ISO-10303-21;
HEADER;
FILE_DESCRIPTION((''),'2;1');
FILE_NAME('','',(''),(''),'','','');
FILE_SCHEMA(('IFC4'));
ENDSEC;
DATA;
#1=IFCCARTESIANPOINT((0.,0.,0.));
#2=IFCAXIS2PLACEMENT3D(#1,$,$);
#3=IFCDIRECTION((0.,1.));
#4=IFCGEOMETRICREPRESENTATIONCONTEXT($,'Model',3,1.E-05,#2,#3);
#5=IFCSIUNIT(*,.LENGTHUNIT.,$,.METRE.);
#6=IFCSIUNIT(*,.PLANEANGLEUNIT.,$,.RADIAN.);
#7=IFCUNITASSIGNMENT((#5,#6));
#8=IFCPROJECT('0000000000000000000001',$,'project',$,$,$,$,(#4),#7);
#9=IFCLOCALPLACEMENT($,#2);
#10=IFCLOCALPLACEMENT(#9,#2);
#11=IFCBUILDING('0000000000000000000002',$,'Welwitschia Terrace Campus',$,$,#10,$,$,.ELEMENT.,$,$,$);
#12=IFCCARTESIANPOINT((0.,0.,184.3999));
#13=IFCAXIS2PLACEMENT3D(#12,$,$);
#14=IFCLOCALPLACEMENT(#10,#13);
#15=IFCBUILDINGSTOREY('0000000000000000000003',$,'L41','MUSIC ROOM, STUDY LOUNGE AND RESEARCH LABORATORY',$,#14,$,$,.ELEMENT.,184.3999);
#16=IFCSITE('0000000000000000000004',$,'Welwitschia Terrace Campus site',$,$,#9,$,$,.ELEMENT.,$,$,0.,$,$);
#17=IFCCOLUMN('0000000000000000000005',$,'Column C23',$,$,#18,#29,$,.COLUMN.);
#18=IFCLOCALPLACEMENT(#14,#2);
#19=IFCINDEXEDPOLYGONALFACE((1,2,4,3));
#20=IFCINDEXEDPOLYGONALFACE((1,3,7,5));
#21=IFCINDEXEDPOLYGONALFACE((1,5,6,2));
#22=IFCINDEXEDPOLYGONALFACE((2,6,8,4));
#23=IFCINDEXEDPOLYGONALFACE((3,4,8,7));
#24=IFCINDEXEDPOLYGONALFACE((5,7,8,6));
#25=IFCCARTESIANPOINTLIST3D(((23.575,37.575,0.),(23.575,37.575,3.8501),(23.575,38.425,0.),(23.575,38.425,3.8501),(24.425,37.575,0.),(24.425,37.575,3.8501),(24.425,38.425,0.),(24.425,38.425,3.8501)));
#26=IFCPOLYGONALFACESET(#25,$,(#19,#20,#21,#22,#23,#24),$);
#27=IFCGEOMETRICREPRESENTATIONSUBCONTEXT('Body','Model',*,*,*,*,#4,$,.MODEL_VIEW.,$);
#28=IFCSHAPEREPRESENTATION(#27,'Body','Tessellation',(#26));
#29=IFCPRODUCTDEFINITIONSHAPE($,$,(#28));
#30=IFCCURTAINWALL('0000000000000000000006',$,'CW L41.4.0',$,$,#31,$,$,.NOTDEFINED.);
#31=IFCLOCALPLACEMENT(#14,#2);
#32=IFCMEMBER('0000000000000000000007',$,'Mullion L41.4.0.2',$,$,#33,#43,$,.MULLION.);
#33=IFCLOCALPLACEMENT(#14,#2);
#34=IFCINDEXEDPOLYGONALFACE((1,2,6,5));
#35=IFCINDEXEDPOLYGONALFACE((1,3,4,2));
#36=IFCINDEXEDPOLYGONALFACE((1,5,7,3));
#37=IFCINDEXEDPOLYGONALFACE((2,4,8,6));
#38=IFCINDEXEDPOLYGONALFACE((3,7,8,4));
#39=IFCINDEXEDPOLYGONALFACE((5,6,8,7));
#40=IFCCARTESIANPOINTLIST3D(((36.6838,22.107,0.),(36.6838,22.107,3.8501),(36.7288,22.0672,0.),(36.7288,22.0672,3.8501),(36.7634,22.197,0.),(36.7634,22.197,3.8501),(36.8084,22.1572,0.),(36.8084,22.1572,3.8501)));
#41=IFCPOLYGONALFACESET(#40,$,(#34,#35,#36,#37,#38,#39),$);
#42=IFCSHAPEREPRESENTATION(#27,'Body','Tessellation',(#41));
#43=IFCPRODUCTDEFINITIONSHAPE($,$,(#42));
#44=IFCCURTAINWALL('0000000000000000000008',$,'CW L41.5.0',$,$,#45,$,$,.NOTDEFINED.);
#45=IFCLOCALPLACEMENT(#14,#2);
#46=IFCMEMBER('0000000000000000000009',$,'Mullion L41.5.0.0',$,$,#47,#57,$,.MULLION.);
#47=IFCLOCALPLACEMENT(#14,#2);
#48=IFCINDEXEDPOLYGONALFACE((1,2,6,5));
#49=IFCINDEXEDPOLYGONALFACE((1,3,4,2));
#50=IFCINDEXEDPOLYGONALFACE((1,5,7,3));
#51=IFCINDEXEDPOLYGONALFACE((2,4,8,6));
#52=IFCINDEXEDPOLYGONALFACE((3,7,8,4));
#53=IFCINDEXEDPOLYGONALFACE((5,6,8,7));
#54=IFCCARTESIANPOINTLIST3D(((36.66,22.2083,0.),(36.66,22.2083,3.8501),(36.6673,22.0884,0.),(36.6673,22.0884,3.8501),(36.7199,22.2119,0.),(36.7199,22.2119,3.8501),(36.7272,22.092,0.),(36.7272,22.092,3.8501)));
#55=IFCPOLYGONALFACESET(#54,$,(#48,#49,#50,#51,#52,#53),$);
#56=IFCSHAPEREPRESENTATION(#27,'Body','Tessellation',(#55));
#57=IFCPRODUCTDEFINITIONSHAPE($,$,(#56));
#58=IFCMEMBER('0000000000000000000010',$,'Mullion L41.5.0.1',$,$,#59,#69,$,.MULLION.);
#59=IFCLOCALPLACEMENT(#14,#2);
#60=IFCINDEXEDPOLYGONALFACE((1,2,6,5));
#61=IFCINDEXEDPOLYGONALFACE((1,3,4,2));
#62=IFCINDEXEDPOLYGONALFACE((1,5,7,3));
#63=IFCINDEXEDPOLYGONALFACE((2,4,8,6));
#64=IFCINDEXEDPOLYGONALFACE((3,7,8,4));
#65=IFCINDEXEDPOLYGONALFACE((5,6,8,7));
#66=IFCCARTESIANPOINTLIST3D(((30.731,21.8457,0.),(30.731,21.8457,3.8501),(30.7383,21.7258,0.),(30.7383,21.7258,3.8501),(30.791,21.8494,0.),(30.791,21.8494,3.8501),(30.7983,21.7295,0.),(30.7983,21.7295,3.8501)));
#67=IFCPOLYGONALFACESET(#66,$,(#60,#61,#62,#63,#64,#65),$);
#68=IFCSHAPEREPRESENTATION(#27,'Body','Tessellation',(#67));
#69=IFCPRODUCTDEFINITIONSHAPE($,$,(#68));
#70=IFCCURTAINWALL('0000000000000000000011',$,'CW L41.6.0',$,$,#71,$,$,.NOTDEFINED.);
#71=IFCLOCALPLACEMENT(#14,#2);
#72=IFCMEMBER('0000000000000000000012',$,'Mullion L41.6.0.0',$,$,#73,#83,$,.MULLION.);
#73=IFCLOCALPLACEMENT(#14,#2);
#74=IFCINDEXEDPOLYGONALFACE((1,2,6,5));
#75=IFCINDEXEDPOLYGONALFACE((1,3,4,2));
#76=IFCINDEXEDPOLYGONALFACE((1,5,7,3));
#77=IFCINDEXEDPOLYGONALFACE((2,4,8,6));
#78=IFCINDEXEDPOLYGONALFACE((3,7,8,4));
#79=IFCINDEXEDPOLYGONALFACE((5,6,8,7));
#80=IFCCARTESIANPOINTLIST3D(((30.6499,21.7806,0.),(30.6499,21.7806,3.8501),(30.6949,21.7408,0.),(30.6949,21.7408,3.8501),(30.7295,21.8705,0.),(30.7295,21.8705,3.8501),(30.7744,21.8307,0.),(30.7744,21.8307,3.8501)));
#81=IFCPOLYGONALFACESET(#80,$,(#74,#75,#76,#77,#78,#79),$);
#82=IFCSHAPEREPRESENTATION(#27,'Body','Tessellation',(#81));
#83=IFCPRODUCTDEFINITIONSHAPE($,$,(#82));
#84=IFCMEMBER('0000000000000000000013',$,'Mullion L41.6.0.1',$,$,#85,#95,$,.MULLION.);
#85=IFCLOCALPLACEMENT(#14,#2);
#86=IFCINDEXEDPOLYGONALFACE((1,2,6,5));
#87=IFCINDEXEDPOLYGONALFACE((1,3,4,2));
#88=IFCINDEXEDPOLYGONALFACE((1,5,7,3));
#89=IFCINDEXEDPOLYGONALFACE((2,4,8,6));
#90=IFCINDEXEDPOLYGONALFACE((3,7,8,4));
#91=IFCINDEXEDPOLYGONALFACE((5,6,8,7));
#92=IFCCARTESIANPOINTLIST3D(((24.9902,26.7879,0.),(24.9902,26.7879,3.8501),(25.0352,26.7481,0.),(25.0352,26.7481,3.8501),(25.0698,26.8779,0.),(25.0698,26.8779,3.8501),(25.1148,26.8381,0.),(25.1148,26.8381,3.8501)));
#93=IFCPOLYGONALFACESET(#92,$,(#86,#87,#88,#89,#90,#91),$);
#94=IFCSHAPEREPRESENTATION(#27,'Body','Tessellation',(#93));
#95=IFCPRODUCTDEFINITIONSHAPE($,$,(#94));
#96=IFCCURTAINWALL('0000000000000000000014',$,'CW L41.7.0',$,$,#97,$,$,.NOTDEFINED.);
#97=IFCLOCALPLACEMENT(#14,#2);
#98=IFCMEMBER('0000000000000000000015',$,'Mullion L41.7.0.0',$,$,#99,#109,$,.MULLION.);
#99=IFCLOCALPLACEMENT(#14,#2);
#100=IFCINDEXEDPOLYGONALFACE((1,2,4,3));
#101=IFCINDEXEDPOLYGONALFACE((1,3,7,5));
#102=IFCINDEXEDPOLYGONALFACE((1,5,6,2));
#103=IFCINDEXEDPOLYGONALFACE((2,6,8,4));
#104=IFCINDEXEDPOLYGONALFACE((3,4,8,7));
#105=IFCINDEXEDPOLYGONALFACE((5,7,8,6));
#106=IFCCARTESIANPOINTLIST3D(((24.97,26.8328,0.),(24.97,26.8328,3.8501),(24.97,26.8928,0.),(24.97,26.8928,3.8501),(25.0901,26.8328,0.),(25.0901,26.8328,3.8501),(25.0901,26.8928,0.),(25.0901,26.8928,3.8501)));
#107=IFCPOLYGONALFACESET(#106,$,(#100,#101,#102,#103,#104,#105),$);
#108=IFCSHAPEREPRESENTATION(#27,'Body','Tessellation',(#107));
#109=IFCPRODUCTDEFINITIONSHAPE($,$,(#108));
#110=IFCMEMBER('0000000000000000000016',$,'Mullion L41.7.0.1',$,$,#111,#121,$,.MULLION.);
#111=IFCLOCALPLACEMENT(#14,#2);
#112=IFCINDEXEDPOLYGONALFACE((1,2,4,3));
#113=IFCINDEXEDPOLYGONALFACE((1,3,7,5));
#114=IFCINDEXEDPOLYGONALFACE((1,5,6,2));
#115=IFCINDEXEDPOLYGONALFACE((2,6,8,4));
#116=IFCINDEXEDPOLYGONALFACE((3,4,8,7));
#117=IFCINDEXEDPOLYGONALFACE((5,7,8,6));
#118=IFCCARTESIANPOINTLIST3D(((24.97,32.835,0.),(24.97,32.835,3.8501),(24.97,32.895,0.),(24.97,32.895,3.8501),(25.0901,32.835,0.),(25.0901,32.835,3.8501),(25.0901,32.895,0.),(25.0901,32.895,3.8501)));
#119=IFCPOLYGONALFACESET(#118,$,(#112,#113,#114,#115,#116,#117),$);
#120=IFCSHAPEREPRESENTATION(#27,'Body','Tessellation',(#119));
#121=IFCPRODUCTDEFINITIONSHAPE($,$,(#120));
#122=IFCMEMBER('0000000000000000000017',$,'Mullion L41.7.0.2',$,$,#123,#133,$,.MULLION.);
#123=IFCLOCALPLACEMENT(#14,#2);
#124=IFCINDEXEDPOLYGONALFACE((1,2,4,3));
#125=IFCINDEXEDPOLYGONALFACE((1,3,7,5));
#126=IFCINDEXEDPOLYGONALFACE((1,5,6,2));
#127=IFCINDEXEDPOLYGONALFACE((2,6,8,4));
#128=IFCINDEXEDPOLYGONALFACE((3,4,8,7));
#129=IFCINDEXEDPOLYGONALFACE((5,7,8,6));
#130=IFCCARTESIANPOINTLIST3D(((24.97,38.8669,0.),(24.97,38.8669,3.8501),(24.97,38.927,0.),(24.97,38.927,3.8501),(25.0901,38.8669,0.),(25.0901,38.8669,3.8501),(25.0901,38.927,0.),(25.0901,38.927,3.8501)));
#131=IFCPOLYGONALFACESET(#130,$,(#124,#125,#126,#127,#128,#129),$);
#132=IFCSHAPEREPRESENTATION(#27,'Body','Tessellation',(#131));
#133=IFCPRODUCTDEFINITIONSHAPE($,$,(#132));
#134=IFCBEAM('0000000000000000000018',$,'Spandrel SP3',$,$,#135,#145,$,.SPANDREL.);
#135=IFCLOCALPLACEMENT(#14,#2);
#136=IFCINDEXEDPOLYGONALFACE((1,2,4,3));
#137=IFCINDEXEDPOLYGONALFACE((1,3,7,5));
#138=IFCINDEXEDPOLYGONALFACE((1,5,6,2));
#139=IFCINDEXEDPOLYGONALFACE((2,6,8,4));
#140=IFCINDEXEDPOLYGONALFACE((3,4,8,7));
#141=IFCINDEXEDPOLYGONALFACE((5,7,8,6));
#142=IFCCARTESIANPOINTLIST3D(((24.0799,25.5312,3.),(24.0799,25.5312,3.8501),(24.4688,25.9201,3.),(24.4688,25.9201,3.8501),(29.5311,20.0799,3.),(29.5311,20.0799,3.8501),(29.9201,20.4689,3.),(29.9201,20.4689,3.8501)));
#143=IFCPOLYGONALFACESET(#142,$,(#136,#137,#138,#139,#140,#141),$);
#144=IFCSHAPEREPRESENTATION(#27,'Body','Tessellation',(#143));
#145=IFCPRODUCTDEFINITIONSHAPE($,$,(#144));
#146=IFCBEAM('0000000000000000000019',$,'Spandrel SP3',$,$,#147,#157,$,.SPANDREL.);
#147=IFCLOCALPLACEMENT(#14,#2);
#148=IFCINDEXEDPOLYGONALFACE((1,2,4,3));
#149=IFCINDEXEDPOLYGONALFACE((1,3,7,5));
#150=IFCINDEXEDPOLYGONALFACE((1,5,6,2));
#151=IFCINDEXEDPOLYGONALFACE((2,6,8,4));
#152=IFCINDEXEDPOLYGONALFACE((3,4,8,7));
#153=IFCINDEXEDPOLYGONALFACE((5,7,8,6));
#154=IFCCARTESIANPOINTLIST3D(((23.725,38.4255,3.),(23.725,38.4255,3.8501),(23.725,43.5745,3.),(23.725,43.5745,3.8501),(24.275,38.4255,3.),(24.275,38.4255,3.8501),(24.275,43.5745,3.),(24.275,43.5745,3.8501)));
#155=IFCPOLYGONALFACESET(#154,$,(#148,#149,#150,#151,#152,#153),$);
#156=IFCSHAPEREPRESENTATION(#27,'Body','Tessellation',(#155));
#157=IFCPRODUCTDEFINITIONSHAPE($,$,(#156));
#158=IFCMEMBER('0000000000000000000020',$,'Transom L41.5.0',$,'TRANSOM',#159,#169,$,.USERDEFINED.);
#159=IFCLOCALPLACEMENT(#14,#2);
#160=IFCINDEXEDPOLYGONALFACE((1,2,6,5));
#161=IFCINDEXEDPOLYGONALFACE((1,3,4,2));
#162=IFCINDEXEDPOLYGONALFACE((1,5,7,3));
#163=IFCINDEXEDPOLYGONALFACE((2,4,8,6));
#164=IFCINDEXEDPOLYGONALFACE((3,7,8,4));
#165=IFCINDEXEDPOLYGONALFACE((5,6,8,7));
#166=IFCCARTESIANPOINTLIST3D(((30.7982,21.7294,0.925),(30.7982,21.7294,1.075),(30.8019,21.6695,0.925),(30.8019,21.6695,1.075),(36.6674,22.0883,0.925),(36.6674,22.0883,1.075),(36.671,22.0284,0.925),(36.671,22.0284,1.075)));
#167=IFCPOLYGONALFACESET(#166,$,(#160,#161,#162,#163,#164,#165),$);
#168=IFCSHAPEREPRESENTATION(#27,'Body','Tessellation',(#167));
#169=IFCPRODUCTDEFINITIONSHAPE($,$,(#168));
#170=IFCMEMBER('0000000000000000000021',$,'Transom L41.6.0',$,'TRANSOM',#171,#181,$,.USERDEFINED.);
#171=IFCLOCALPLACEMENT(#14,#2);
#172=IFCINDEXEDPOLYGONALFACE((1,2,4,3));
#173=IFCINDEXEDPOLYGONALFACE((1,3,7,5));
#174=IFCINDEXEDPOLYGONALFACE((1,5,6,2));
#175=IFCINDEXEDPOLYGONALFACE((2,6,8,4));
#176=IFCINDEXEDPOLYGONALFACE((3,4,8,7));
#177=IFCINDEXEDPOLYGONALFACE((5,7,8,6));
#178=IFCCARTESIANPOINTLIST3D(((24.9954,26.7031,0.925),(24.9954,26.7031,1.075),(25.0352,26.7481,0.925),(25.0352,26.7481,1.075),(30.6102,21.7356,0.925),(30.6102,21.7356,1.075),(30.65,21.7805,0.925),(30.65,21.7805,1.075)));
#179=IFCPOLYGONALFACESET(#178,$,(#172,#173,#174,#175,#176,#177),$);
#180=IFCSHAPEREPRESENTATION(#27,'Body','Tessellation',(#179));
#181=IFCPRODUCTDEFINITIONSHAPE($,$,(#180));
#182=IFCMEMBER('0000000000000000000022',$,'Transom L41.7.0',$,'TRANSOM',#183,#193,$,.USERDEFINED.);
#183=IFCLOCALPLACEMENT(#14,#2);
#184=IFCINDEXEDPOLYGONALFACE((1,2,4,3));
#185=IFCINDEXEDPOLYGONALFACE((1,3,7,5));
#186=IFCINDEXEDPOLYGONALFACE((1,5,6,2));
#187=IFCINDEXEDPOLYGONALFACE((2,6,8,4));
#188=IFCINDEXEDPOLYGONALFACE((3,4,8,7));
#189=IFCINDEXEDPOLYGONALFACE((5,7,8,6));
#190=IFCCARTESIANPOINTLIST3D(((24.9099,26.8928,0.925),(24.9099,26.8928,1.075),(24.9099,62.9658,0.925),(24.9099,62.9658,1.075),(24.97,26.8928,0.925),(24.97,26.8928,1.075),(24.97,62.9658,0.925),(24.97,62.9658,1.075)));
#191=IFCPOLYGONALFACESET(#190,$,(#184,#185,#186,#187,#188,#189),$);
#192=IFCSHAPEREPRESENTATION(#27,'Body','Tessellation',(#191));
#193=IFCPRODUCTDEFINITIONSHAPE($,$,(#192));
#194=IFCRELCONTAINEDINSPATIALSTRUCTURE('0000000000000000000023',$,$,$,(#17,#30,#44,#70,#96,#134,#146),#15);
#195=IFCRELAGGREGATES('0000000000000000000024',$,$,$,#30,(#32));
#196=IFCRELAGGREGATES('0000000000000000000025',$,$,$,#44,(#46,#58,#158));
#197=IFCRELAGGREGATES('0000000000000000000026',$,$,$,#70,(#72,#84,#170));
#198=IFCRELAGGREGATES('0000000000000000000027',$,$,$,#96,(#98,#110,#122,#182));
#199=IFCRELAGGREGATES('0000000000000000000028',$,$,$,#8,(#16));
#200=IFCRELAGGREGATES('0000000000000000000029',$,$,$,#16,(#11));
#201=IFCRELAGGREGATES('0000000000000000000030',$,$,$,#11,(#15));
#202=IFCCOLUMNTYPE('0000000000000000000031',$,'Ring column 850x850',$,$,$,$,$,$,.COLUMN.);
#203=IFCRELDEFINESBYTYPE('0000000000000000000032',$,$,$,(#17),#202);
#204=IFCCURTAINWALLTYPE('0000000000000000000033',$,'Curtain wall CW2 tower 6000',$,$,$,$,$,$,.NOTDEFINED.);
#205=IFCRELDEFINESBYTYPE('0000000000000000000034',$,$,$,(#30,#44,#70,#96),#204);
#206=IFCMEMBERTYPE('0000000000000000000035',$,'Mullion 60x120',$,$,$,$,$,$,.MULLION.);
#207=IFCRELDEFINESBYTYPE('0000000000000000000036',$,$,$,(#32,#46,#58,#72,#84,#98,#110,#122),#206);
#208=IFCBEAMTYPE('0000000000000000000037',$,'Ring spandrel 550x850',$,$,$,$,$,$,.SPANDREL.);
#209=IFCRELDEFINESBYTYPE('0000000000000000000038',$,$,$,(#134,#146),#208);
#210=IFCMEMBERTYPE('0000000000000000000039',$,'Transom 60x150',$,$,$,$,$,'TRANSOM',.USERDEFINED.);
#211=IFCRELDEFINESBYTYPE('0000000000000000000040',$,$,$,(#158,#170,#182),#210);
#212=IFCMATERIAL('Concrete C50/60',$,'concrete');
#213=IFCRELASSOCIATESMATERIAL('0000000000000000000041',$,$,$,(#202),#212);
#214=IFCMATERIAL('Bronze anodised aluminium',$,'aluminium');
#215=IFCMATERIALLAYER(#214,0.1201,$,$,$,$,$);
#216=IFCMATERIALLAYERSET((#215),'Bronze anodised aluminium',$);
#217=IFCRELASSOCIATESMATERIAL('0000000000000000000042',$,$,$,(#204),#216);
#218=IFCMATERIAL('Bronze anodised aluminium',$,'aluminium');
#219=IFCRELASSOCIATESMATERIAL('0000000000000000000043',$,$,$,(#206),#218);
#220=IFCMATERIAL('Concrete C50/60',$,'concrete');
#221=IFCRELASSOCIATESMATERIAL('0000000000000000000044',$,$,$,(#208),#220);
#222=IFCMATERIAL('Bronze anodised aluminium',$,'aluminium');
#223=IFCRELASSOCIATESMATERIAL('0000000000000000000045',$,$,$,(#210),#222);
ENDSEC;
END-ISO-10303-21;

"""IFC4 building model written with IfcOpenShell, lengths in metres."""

from ifc_helpers import new_model, si_unit, direction, frame, origin, origin_2d, place, context, subcontext, project, spatial, rectangle, extrude, material, layer, layer_set, material_profile, profile_set, type_object, element, aggregate, save


model = new_model("IFC4")

# Units and contexts
model_context = context("Model", 3, precision=1e-05, world=origin(), true_north=direction((0.0, 1.0)))
body_context = subcontext(model_context, "Body", "Model", "MODEL_VIEW")
ifc_project = project(units=[si_unit("LENGTHUNIT", "METRE"), si_unit("PLANEANGLEUNIT", "RADIAN")], contexts=[model_context])

# Site, building, storey
site_placement = place(None, origin())
site = spatial("IfcSite", under=ifc_project, at=site_placement, Name="Welwitschia Terrace Campus site", CompositionType="ELEMENT", RefElevation=0.0)
building_placement = place(site_placement, origin())
building = spatial("IfcBuilding", under=site, at=building_placement, Name="Welwitschia Terrace Campus", CompositionType="ELEMENT")
storey_placement = place(building_placement, frame((0.0, 0.0, 184.3999)))
storey = spatial("IfcBuildingStorey", under=building, at=storey_placement, Name="L41", Description="MUSIC ROOM, STUDY LOUNGE AND RESEARCH LABORATORY", CompositionType="ELEMENT", Elevation=184.3999)

# Column
ifc_material_1 = material(Name="Concrete C50/60", Category="concrete")
ifc_material_profile_1 = material_profile(ifc_material_1, rectangle(XDim=0.8501, YDim=0.8501, at=origin_2d()))
ifc_profile_set_1 = profile_set([ifc_material_profile_1], Name="Concrete C50/60")
column_type = type_object("IfcColumnType", Name="Ring column 850x850", PredefinedType="COLUMN", material=ifc_profile_set_1)
column_placement = place(storey_placement, frame((24.0, 38.0, 0.0), z_axis=(0.0, 0.0, 1.0), x_axis=(1.0, 0.0, 0.0)))
element("IfcColumn", 1, at=column_placement, inside=storey, type_object=column_type, Name="Column C23", PredefinedType="COLUMN", context=body_context, shape_type="SweptSolid", body=[
    extrude(rectangle(XDim=0.8501, YDim=0.8501, at=origin_2d()), origin(), (0.0, 0.0, 1.0), 3.8501),
])

# Curtain wall, member
ifc_material_2 = material(Name="Bronze anodised aluminium", Category="aluminium")
ifc_layer_1 = layer(ifc_material_2, 0.1201)
ifc_layer_set_1 = layer_set([ifc_layer_1], Name="Bronze anodised aluminium")
curtain_wall_type = type_object("IfcCurtainWallType", Name="Curtain wall CW2 tower 6000", PredefinedType="NOTDEFINED", material=ifc_layer_set_1)
curtain_wall_1_placement = place(storey_placement, origin())
curtain_wall_1 = element("IfcCurtainWall", 2, at=curtain_wall_1_placement, inside=storey, type_object=curtain_wall_type, Name="CW L41.4.0", PredefinedType="NOTDEFINED")
ifc_material_3 = material(Name="Bronze anodised aluminium", Category="aluminium")
ifc_material_profile_2 = material_profile(ifc_material_3, rectangle(XDim=0.1201, YDim=0.0601, at=origin_2d()))
ifc_profile_set_2 = profile_set([ifc_material_profile_2], Name="Bronze anodised aluminium")
member_type_1 = type_object("IfcMemberType", Name="Mullion 60x120", PredefinedType="MULLION", material=ifc_profile_set_2)
member_1_placement = place(storey_placement, frame((36.7461, 22.1321, 0.0), z_axis=(0.0, 0.0, 1.0), x_axis=(-0.66262, -0.748956, 0.0)))
member_1 = element("IfcMember", 3, at=member_1_placement, type_object=member_type_1, Name="Mullion L41.4.0.2", PredefinedType="MULLION", context=body_context, shape_type="SweptSolid", body=[
    extrude(rectangle(XDim=0.1201, YDim=0.0601, at=origin_2d()), origin(), (0.0, 0.0, 1.0), 3.8501),
])

# Curtain walls, members
curtain_wall_2_placement = place(storey_placement, origin())
curtain_wall_2 = element("IfcCurtainWall", 4, at=curtain_wall_2_placement, inside=storey, type_object=curtain_wall_type, Name="CW L41.5.0", PredefinedType="NOTDEFINED")
member_2_placement = place(storey_placement, frame((36.6936, 22.1501, 0.0), z_axis=(0.0, 0.0, 1.0), x_axis=(0.061049, -0.998135, 0.0)))
member_2 = element("IfcMember", 5, at=member_2_placement, type_object=member_type_1, Name="Mullion L41.5.0.0", PredefinedType="MULLION", context=body_context, shape_type="SweptSolid", body=[
    extrude(rectangle(XDim=0.1201, YDim=0.0601, at=origin_2d()), origin(), (0.0, 0.0, 1.0), 3.8501),
])
member_3_placement = place(storey_placement, frame((30.7646, 21.7876, 0.0), z_axis=(0.0, 0.0, 1.0), x_axis=(0.061049, -0.998135, 0.0)))
member_3 = element("IfcMember", 6, at=member_3_placement, type_object=member_type_1, Name="Mullion L41.5.0.1", PredefinedType="MULLION", context=body_context, shape_type="SweptSolid", body=[
    extrude(rectangle(XDim=0.1201, YDim=0.0601, at=origin_2d()), origin(), (0.0, 0.0, 1.0), 3.8501),
])
curtain_wall_3_placement = place(storey_placement, origin())
curtain_wall_3 = element("IfcCurtainWall", 7, at=curtain_wall_3_placement, inside=storey, type_object=curtain_wall_type, Name="CW L41.6.0", PredefinedType="NOTDEFINED")
member_4_placement = place(storey_placement, frame((30.7122, 21.8057, 0.0), z_axis=(0.0, 0.0, 1.0), x_axis=(-0.66262, -0.748956, 0.0)))
member_4 = element("IfcMember", 8, at=member_4_placement, type_object=member_type_1, Name="Mullion L41.6.0.0", PredefinedType="MULLION", context=body_context, shape_type="SweptSolid", body=[
    extrude(rectangle(XDim=0.1201, YDim=0.0601, at=origin_2d()), origin(), (0.0, 0.0, 1.0), 3.8501),
])
member_5_placement = place(storey_placement, frame((25.0525, 26.813, 0.0), z_axis=(0.0, 0.0, 1.0), x_axis=(-0.66262, -0.748956, 0.0)))
member_5 = element("IfcMember", 9, at=member_5_placement, type_object=member_type_1, Name="Mullion L41.6.0.1", PredefinedType="MULLION", context=body_context, shape_type="SweptSolid", body=[
    extrude(rectangle(XDim=0.1201, YDim=0.0601, at=origin_2d()), origin(), (0.0, 0.0, 1.0), 3.8501),
])
curtain_wall_4_placement = place(storey_placement, origin())
curtain_wall_4 = element("IfcCurtainWall", 10, at=curtain_wall_4_placement, inside=storey, type_object=curtain_wall_type, Name="CW L41.7.0", PredefinedType="NOTDEFINED")
member_6_placement = place(storey_placement, frame((25.03, 26.8628, 0.0), z_axis=(0.0, 0.0, 1.0), x_axis=(-1.0, 0.0, 0.0)))
member_6 = element("IfcMember", 11, at=member_6_placement, type_object=member_type_1, Name="Mullion L41.7.0.0", PredefinedType="MULLION", context=body_context, shape_type="SweptSolid", body=[
    extrude(rectangle(XDim=0.1201, YDim=0.0601, at=origin_2d()), origin(), (0.0, 0.0, 1.0), 3.8501),
])
member_7_placement = place(storey_placement, frame((25.03, 32.865, 0.0), z_axis=(0.0, 0.0, 1.0), x_axis=(-1.0, 0.0, 0.0)))
member_7 = element("IfcMember", 12, at=member_7_placement, type_object=member_type_1, Name="Mullion L41.7.0.1", PredefinedType="MULLION", context=body_context, shape_type="SweptSolid", body=[
    extrude(rectangle(XDim=0.1201, YDim=0.0601, at=origin_2d()), origin(), (0.0, 0.0, 1.0), 3.8501),
])
member_8_placement = place(storey_placement, frame((25.03, 38.897, 0.0), z_axis=(0.0, 0.0, 1.0), x_axis=(-1.0, 0.0, 0.0)))
member_8 = element("IfcMember", 13, at=member_8_placement, type_object=member_type_1, Name="Mullion L41.7.0.2", PredefinedType="MULLION", context=body_context, shape_type="SweptSolid", body=[
    extrude(rectangle(XDim=0.1201, YDim=0.0601, at=origin_2d()), origin(), (0.0, 0.0, 1.0), 3.8501),
])

# Beams
ifc_material_4 = material(Name="Concrete C50/60", Category="concrete")
ifc_material_profile_3 = material_profile(ifc_material_4, rectangle(XDim=0.55, YDim=0.8501, at=origin_2d()))
ifc_profile_set_3 = profile_set([ifc_material_profile_3], Name="Concrete C50/60")
beam_type = type_object("IfcBeamType", Name="Ring spandrel 550x850", PredefinedType="SPANDREL", material=ifc_profile_set_3)
beam_1_placement = place(storey_placement, frame((29.7256, 20.2744, 3.425), z_axis=(-0.707107, 0.707107, 0.0), x_axis=(-0.707107, -0.707107, 0.0)))
element("IfcBeam", 14, at=beam_1_placement, inside=storey, type_object=beam_type, Name="Spandrel SP3", PredefinedType="SPANDREL", context=body_context, shape_type="SweptSolid", body=[
    extrude(rectangle(XDim=0.55, YDim=0.8501, at=origin_2d()), origin(), (0.0, 0.0, 1.0), 7.7092),
])
beam_2_placement = place(storey_placement, frame((24.0, 38.4255, 3.425), z_axis=(0.0, 1.0, 0.0), x_axis=(-1.0, 0.0, 0.0)))
element("IfcBeam", 15, at=beam_2_placement, inside=storey, type_object=beam_type, Name="Spandrel SP3", PredefinedType="SPANDREL", context=body_context, shape_type="SweptSolid", body=[
    extrude(rectangle(XDim=0.55, YDim=0.8501, at=origin_2d()), origin(), (0.0, 0.0, 1.0), 5.1489),
])

# Members
ifc_material_5 = material(Name="Bronze anodised aluminium", Category="aluminium")
ifc_material_profile_4 = material_profile(ifc_material_5, rectangle(XDim=0.0601, YDim=0.1499, at=origin_2d()))
ifc_profile_set_4 = profile_set([ifc_material_profile_4], Name="Bronze anodised aluminium")
member_type_2 = type_object("IfcMemberType", Name="Transom 60x150", ElementType="TRANSOM", PredefinedType="USERDEFINED", material=ifc_profile_set_4)
member_9_placement = place(storey_placement, frame((36.6692, 22.0583, 1.0), z_axis=(-0.998136, -0.061034, 0.0), x_axis=(0.061034, -0.998136, 0.0)))
member_9 = element("IfcMember", 16, at=member_9_placement, type_object=member_type_2, Name="Transom L41.5.0", ObjectType="TRANSOM", PredefinedType="USERDEFINED", context=body_context, shape_type="SweptSolid", body=[
    extrude(rectangle(XDim=0.0601, YDim=0.1499, at=origin_2d()), origin(), (0.0, 0.0, 1.0), 5.8801),
])
member_10_placement = place(storey_placement, frame((30.6301, 21.7581, 1.0), z_axis=(-0.748954, 0.662622, 0.0), x_axis=(-0.662622, -0.748954, 0.0)))
member_10 = element("IfcMember", 17, at=member_10_placement, type_object=member_type_2, Name="Transom L41.6.0", ObjectType="TRANSOM", PredefinedType="USERDEFINED", context=body_context, shape_type="SweptSolid", body=[
    extrude(rectangle(XDim=0.0601, YDim=0.1499, at=origin_2d()), origin(), (0.0, 0.0, 1.0), 7.4968),
])
member_11_placement = place(storey_placement, frame((24.9399, 26.8928, 1.0), z_axis=(0.0, 1.0, 0.0), x_axis=(-1.0, 0.0, 0.0)))
member_11 = element("IfcMember", 18, at=member_11_placement, type_object=member_type_2, Name="Transom L41.7.0", ObjectType="TRANSOM", PredefinedType="USERDEFINED", context=body_context, shape_type="SweptSolid", body=[
    extrude(rectangle(XDim=0.0601, YDim=0.1499, at=origin_2d()), origin(), (0.0, 0.0, 1.0), 36.073),
])

aggregate(curtain_wall_1, [member_1])
aggregate(curtain_wall_2, [member_2, member_3, member_9])
aggregate(curtain_wall_3, [member_4, member_5, member_10])
aggregate(curtain_wall_4, [member_6, member_7, member_8, member_11])

save(model, "model.ifc")
